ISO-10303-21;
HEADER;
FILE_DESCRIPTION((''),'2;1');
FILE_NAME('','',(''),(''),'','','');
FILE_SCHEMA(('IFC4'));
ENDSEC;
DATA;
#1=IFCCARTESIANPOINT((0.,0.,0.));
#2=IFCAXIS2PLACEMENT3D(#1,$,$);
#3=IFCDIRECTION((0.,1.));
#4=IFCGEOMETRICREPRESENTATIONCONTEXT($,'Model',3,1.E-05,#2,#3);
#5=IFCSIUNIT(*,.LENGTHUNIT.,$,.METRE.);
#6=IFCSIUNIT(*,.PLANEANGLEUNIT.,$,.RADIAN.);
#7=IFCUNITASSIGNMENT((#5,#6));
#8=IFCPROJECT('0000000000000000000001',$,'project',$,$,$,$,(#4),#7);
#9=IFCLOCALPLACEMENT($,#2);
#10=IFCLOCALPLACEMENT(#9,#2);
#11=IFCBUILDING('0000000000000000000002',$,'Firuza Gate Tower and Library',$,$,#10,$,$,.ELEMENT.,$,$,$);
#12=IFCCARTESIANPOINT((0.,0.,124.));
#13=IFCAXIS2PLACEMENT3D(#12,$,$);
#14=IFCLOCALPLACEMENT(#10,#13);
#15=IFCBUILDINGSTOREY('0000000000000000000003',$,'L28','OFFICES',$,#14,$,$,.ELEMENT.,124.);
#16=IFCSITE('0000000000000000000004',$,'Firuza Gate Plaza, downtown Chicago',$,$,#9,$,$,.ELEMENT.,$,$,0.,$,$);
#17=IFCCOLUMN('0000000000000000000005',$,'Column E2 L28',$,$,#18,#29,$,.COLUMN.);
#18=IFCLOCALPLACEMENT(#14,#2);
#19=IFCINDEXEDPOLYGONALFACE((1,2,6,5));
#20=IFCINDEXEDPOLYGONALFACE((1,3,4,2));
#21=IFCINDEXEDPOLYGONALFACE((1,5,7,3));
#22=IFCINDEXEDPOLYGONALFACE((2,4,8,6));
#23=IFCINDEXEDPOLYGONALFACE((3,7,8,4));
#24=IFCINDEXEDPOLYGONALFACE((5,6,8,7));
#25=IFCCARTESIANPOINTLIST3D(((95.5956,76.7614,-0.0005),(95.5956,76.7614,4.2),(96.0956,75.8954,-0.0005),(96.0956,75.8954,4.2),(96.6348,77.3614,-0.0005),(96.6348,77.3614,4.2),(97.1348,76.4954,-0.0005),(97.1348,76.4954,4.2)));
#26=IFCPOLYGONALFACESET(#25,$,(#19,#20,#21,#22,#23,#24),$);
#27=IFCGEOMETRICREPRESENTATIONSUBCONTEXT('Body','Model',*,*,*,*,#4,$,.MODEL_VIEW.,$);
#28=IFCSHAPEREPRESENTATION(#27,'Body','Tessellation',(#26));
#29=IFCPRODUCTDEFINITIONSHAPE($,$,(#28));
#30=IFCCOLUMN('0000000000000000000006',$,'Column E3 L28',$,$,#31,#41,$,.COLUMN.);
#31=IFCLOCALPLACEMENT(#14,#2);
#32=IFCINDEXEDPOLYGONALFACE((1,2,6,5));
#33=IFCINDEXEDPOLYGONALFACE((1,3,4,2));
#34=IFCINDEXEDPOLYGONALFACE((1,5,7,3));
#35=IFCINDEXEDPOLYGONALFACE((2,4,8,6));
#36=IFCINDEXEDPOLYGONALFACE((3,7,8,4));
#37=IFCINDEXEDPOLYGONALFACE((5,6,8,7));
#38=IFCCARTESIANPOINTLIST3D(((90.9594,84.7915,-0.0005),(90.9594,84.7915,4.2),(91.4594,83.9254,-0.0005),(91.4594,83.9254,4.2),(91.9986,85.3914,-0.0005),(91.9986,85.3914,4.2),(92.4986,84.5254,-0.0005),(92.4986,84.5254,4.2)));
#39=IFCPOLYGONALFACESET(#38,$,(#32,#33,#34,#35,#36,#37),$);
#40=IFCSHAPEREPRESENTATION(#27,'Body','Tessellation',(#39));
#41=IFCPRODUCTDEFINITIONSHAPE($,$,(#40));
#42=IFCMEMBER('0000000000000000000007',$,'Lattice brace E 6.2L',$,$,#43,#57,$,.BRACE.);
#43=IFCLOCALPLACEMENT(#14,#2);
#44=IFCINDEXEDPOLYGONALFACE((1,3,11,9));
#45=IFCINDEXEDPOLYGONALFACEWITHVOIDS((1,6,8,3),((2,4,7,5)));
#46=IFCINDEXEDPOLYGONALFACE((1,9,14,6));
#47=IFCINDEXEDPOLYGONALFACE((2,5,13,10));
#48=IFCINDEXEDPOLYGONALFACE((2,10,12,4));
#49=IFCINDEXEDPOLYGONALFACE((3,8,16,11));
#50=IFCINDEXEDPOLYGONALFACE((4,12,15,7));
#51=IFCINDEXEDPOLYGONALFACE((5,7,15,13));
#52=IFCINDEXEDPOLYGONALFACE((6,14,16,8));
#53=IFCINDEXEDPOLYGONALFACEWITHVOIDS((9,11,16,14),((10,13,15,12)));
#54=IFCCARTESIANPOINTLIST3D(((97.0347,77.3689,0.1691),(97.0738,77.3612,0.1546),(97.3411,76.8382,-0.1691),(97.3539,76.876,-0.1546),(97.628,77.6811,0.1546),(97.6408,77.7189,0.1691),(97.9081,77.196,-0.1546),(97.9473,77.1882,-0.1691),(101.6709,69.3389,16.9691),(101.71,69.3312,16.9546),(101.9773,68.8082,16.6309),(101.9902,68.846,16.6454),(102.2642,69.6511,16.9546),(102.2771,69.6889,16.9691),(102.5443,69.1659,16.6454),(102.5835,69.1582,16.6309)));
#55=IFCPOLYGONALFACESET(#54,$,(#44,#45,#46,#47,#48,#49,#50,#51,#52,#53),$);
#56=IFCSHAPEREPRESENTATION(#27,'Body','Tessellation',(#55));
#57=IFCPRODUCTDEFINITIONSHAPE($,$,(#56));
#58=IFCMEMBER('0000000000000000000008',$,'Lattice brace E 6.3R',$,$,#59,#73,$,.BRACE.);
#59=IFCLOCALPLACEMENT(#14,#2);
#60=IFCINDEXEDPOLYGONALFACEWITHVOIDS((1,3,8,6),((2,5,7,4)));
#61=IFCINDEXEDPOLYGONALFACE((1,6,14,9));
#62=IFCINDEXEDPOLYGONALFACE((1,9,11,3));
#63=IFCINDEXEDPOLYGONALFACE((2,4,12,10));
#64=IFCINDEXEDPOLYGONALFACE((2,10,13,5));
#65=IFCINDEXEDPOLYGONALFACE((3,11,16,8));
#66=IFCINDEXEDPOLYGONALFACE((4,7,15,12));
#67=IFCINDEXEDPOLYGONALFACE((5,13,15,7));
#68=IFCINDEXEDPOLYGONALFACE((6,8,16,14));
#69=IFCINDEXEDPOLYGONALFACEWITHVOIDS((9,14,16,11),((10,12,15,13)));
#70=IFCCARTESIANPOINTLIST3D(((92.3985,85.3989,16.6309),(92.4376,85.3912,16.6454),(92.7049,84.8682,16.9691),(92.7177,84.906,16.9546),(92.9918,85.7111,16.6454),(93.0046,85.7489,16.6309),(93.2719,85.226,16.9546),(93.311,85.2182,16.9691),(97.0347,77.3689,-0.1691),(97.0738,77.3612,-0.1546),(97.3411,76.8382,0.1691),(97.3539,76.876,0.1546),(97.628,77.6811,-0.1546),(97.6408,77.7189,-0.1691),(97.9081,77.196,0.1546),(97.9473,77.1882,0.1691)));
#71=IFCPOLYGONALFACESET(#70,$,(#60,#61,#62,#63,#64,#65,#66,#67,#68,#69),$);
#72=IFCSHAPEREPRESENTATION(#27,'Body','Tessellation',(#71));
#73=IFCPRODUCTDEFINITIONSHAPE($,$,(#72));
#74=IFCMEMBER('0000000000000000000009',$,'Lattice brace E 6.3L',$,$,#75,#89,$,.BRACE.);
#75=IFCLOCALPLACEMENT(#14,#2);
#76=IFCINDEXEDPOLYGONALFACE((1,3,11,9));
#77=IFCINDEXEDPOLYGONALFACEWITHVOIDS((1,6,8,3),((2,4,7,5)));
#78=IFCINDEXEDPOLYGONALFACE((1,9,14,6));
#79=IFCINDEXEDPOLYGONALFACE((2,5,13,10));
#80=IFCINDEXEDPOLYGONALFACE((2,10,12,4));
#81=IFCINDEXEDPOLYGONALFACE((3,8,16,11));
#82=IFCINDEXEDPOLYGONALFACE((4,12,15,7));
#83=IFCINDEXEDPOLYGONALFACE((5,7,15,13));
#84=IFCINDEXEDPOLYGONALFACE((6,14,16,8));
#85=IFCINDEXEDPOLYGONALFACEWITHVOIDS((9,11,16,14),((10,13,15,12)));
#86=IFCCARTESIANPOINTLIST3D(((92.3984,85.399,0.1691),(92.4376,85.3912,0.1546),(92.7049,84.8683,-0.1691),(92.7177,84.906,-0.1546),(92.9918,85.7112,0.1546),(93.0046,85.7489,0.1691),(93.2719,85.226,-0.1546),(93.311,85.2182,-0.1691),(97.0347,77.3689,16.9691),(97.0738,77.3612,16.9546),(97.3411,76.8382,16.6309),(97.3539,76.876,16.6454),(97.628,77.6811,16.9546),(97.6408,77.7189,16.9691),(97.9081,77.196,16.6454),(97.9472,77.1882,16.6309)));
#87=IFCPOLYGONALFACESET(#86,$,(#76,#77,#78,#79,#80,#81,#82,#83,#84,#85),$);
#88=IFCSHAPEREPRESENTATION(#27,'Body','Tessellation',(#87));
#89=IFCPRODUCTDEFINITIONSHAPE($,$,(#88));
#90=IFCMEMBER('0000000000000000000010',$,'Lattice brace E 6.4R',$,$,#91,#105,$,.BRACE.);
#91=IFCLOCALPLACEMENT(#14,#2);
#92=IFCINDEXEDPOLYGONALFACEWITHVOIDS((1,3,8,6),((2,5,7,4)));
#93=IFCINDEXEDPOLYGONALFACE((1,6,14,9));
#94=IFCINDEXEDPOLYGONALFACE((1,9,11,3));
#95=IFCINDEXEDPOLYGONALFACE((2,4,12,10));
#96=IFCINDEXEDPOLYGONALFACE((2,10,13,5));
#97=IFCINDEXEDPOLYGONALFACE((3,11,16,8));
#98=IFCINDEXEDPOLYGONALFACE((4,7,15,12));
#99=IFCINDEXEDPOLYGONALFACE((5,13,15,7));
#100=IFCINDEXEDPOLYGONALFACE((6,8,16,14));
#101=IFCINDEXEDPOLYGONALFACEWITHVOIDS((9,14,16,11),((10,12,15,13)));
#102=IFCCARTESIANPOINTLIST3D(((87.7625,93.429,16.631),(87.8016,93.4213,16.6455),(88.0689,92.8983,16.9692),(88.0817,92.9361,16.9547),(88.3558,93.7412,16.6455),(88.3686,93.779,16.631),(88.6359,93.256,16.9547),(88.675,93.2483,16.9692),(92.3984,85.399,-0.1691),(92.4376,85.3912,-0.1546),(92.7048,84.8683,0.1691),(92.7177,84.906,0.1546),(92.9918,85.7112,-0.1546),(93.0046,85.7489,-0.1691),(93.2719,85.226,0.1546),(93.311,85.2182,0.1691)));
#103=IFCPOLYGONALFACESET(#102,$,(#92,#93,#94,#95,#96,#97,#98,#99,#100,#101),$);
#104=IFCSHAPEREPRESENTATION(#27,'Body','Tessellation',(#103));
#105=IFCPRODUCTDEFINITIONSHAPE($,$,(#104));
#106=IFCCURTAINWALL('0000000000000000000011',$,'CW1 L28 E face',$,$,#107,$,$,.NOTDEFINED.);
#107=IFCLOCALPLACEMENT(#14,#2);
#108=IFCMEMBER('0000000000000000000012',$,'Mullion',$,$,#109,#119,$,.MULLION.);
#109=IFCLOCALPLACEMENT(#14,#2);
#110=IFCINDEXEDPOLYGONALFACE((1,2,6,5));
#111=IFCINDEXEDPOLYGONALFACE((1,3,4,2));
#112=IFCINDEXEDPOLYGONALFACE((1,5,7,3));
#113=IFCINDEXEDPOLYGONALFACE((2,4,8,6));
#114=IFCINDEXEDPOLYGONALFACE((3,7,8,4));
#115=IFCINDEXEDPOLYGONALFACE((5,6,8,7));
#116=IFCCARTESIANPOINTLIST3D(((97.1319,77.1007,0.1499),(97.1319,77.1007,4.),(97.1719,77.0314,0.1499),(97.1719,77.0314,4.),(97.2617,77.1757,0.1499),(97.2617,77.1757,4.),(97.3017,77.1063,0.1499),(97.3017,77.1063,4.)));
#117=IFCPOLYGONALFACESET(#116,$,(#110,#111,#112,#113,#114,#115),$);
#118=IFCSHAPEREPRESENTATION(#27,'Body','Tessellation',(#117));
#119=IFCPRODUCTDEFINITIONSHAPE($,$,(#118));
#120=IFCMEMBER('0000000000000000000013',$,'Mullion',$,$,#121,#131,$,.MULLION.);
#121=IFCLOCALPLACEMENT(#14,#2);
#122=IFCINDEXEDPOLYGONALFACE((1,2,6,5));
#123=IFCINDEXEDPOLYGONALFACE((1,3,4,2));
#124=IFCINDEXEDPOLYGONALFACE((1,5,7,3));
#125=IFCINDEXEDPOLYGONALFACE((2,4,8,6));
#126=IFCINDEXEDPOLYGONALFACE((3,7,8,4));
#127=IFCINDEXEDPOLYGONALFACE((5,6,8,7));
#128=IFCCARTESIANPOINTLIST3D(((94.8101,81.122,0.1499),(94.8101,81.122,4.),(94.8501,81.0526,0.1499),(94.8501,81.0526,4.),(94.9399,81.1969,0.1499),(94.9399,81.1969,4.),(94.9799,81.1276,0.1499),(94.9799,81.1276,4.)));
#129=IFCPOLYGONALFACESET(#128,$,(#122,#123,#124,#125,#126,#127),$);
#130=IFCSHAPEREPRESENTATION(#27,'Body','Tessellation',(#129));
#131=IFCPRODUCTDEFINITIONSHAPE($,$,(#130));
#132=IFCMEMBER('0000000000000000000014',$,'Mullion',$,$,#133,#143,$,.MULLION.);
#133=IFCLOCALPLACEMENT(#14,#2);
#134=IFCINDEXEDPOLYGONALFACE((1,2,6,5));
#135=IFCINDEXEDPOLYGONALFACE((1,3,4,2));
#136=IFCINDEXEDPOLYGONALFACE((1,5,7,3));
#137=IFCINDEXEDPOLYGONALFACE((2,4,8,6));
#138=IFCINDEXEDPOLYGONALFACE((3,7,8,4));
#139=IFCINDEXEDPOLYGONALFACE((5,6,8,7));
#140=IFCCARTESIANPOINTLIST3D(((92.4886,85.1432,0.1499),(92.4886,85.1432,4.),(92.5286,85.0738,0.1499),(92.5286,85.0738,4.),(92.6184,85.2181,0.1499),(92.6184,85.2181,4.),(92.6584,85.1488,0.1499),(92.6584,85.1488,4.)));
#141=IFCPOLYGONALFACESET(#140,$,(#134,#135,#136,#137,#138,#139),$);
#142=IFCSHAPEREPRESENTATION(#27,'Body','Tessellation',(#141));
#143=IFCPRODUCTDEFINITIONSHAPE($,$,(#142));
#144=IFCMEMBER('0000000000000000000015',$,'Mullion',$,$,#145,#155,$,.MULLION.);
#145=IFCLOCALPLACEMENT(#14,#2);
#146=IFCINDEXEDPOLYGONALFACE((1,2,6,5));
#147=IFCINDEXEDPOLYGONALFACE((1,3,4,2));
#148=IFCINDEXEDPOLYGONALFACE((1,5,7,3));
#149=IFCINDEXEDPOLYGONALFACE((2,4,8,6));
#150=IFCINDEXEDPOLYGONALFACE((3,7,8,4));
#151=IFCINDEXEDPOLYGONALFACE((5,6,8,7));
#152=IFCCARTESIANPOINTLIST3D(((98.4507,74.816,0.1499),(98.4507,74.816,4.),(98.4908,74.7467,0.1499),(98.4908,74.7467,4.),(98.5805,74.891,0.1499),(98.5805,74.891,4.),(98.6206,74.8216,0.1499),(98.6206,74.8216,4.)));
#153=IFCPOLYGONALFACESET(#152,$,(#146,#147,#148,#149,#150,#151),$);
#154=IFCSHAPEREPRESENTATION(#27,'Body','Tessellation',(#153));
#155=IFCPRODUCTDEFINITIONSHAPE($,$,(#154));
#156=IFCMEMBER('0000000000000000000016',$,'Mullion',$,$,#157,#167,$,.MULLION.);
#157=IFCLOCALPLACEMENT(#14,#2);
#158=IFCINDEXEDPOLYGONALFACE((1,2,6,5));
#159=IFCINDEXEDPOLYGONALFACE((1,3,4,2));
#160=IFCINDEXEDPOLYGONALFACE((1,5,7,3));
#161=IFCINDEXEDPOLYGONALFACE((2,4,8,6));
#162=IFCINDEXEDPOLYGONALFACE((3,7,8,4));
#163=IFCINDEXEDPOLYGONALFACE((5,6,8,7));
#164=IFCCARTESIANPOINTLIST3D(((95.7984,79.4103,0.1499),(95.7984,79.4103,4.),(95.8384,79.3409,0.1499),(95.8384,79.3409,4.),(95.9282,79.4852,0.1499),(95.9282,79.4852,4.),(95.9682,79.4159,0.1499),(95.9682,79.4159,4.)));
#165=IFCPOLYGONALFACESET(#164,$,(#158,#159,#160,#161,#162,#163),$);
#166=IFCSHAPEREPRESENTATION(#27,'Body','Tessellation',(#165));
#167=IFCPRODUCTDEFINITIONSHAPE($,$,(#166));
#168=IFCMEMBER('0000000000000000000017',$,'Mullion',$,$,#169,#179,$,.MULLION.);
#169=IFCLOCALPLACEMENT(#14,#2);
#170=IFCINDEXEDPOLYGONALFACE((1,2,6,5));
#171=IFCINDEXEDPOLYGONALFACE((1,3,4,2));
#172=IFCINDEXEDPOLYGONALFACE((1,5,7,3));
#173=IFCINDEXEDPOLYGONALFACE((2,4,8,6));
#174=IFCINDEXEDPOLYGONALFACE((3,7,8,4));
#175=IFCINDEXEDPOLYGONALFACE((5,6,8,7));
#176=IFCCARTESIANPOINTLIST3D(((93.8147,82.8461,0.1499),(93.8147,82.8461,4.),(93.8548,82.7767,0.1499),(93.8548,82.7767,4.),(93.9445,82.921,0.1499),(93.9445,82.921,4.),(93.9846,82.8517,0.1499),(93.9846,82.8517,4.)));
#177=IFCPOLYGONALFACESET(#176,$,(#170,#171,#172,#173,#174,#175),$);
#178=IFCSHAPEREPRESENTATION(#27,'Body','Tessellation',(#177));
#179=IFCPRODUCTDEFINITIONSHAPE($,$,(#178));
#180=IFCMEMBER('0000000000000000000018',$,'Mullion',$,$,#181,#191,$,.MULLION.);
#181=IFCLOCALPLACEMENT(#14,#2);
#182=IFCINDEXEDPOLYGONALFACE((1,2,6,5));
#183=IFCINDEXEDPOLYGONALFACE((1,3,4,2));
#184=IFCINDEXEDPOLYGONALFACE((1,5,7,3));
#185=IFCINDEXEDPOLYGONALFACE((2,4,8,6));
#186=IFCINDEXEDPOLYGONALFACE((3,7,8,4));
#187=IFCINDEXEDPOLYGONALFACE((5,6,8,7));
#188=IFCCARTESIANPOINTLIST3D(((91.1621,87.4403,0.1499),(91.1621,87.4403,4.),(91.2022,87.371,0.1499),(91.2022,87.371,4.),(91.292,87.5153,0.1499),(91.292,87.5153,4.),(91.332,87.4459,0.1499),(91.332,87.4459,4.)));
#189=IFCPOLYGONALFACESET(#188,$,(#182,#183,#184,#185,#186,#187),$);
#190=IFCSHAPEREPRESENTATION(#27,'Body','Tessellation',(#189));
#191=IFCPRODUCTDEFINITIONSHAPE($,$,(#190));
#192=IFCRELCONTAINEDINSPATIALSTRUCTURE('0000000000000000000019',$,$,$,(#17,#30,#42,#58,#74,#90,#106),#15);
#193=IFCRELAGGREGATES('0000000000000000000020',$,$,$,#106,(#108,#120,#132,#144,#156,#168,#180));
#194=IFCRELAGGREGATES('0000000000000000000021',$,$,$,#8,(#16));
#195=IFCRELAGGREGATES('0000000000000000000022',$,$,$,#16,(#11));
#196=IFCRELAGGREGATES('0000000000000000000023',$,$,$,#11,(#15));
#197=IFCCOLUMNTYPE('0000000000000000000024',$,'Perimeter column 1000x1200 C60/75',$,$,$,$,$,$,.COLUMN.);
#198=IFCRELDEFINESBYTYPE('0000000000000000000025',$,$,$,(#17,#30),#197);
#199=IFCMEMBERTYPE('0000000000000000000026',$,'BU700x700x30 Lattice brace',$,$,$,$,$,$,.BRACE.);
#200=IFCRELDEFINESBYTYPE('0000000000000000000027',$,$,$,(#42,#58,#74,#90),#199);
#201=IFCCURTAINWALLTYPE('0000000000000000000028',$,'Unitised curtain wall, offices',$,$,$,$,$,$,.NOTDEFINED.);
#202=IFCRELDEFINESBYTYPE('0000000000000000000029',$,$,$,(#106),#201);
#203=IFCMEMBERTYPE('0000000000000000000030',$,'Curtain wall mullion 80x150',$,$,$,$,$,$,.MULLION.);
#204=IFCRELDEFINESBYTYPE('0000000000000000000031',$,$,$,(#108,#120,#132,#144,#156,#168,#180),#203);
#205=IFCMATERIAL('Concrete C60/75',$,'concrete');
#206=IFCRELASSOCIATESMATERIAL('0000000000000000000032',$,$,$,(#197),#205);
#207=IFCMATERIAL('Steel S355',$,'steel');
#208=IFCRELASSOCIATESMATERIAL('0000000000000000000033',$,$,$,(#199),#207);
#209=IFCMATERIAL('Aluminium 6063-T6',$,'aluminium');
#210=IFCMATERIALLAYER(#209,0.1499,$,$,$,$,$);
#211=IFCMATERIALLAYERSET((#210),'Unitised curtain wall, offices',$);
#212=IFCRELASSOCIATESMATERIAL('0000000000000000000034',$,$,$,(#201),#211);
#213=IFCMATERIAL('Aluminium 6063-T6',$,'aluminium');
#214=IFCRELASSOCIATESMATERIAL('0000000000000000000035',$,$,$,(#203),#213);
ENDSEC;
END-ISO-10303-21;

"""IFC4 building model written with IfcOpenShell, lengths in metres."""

from ifc_helpers import new_model, si_unit, direction, frame, origin, origin_2d, place, context, subcontext, project, spatial, rectangle, hollow_rectangle, extrude, material, layer, layer_set, material_profile, profile_set, type_object, element, aggregate, save


model = new_model("IFC4")

# Units and contexts
model_context = context("Model", 3, precision=1e-05, world=origin(), true_north=direction((0.0, 1.0)))
body_context = subcontext(model_context, "Body", "Model", "MODEL_VIEW")
ifc_project = project(units=[si_unit("LENGTHUNIT", "METRE"), si_unit("PLANEANGLEUNIT", "RADIAN")], contexts=[model_context])

# Site, building, storey
site_placement = place(None, origin())
site = spatial("IfcSite", under=ifc_project, at=site_placement, Name="Firuza Gate Plaza, downtown Chicago", CompositionType="ELEMENT", RefElevation=0.0)
building_placement = place(site_placement, origin())
building = spatial("IfcBuilding", under=site, at=building_placement, Name="Firuza Gate Tower and Library", CompositionType="ELEMENT")
storey_placement = place(building_placement, frame((0.0, 0.0, 124.0)))
storey = spatial("IfcBuildingStorey", under=building, at=storey_placement, Name="L28", Description="OFFICES", CompositionType="ELEMENT", Elevation=124.0)

# Columns
ifc_material_1 = material(Name="Concrete C60/75", Category="concrete")
ifc_material_profile_1 = material_profile(ifc_material_1, rectangle(XDim=1.0, YDim=1.2, at=origin_2d()))
ifc_profile_set_1 = profile_set([ifc_material_profile_1], Name="Concrete C60/75")
column_type = type_object("IfcColumnType", Name="Perimeter column 1000x1200 C60/75", PredefinedType="COLUMN", material=ifc_profile_set_1)
for number, where, z_axis, x_axis, name in (
    (1, (96.3652, 76.6284, -0.0005), (0.0, 0.0, 1.0), (-0.5, 0.866025, 0.0), "Column E2 L28"),
    (2, (91.729, 84.6584, -0.0005), (0.0, 0.0, 1.0), (-0.5, 0.866025, 0.0), "Column E3 L28"),
):
    element("IfcColumn", number, at=place(storey_placement, frame(where, z_axis=z_axis, x_axis=x_axis)), inside=storey, type_object=column_type, Name=name, PredefinedType="COLUMN", context=body_context, shape_type="SweptSolid", body=[
        extrude(rectangle(XDim=1.0, YDim=1.2, at=origin_2d()), origin(), (0.0, 0.0, 1.0), 4.2004),
    ])

# Members
ifc_material_2 = material(Name="Steel S355", Category="steel")
ifc_material_profile_2 = material_profile(ifc_material_2, hollow_rectangle(XDim=0.7, YDim=0.7, WallThickness=0.03, at=origin_2d()))
ifc_profile_set_2 = profile_set([ifc_material_profile_2], Name="Steel S355")
member_type_1 = type_object("IfcMemberType", Name="BU700x700x30 Lattice brace", PredefinedType="BRACE", material=ifc_profile_set_2)
for number, where, z_axis, x_axis, name in (
    (3, (97.491, 77.2786, 0.0), (0.241609, -0.41847, 0.875504), (0.866021, 0.500007, 0.0), "Lattice brace E 6.2L"),
    (4, (97.491, 77.2786, 0.0), (-0.241609, 0.41847, 0.875504), (-0.866021, -0.500007, 0.0), "Lattice brace E 6.3R"),
    (5, (92.8547, 85.3086, 0.0), (0.241609, -0.41847, 0.875504), (0.866021, 0.500007, 0.0), "Lattice brace E 6.3L"),
    (6, (92.8547, 85.3086, 0.0), (-0.241597, 0.418472, 0.875507), (-0.866033, -0.499988, 0.0), "Lattice brace E 6.4R"),
):
    element("IfcMember", number, at=place(storey_placement, frame(where, z_axis=z_axis, x_axis=x_axis)), inside=storey, type_object=member_type_1, Name=name, PredefinedType="BRACE", context=body_context, shape_type="SweptSolid", body=[
        extrude(hollow_rectangle(XDim=0.7, YDim=0.7, WallThickness=0.03, at=origin_2d()), origin(), (0.0, 0.0, 1.0), 19.189),
    ])

# Curtain wall, members
ifc_material_3 = material(Name="Aluminium 6063-T6", Category="aluminium")
ifc_layer_1 = layer(ifc_material_3, 0.1499)
ifc_layer_set_1 = layer_set([ifc_layer_1], Name="Unitised curtain wall, offices")
curtain_wall_type = type_object("IfcCurtainWallType", Name="Unitised curtain wall, offices", PredefinedType="NOTDEFINED", material=ifc_layer_set_1)
curtain_wall_placement = place(storey_placement, origin())
curtain_wall = element("IfcCurtainWall", 7, at=curtain_wall_placement, inside=storey, type_object=curtain_wall_type, Name="CW1 L28 E face", PredefinedType="NOTDEFINED")
ifc_material_4 = material(Name="Aluminium 6063-T6", Category="aluminium")
ifc_material_profile_3 = material_profile(ifc_material_4, rectangle(XDim=0.1499, YDim=0.0801, at=origin_2d()))
ifc_profile_set_3 = profile_set([ifc_material_profile_3], Name="Aluminium 6063-T6")
member_type_2 = type_object("IfcMemberType", Name="Curtain wall mullion 80x150", PredefinedType="MULLION", material=ifc_profile_set_3)
member_1_placement = place(storey_placement, frame((97.2168, 77.1035, 0.1499), z_axis=(0.0, 0.0, 1.0), x_axis=(-0.866025, -0.5, 0.0)))
member_1 = element("IfcMember", 8, at=member_1_placement, type_object=member_type_2, Name="Mullion", PredefinedType="MULLION", context=body_context, shape_type="SweptSolid", body=[
    extrude(rectangle(XDim=0.1499, YDim=0.0801, at=origin_2d()), origin(), (0.0, 0.0, 1.0), 3.8501),
])
member_2_placement = place(storey_placement, frame((94.895, 81.1248, 0.1499), z_axis=(0.0, 0.0, 1.0), x_axis=(-0.866025, -0.5, 0.0)))
member_2 = element("IfcMember", 9, at=member_2_placement, type_object=member_type_2, Name="Mullion", PredefinedType="MULLION", context=body_context, shape_type="SweptSolid", body=[
    extrude(rectangle(XDim=0.1499, YDim=0.0801, at=origin_2d()), origin(), (0.0, 0.0, 1.0), 3.8501),
])
member_3_placement = place(storey_placement, frame((92.5735, 85.146, 0.1499), z_axis=(0.0, 0.0, 1.0), x_axis=(-0.866025, -0.5, 0.0)))
member_3 = element("IfcMember", 10, at=member_3_placement, type_object=member_type_2, Name="Mullion", PredefinedType="MULLION", context=body_context, shape_type="SweptSolid", body=[
    extrude(rectangle(XDim=0.1499, YDim=0.0801, at=origin_2d()), origin(), (0.0, 0.0, 1.0), 3.8501),
])
member_4_placement = place(storey_placement, frame((98.5356, 74.8188, 0.1499), z_axis=(0.0, 0.0, 1.0), x_axis=(-0.866025, -0.5, 0.0)))
member_4 = element("IfcMember", 11, at=member_4_placement, type_object=member_type_2, Name="Mullion", PredefinedType="MULLION", context=body_context, shape_type="SweptSolid", body=[
    extrude(rectangle(XDim=0.1499, YDim=0.0801, at=origin_2d()), origin(), (0.0, 0.0, 1.0), 3.8501),
])
member_5_placement = place(storey_placement, frame((95.8833, 79.4131, 0.1499), z_axis=(0.0, 0.0, 1.0), x_axis=(-0.866025, -0.5, 0.0)))
member_5 = element("IfcMember", 12, at=member_5_placement, type_object=member_type_2, Name="Mullion", PredefinedType="MULLION", context=body_context, shape_type="SweptSolid", body=[
    extrude(rectangle(XDim=0.1499, YDim=0.0801, at=origin_2d()), origin(), (0.0, 0.0, 1.0), 3.8501),
])
member_6_placement = place(storey_placement, frame((93.8997, 82.8489, 0.1499), z_axis=(0.0, 0.0, 1.0), x_axis=(-0.866025, -0.5, 0.0)))
member_6 = element("IfcMember", 13, at=member_6_placement, type_object=member_type_2, Name="Mullion", PredefinedType="MULLION", context=body_context, shape_type="SweptSolid", body=[
    extrude(rectangle(XDim=0.1499, YDim=0.0801, at=origin_2d()), origin(), (0.0, 0.0, 1.0), 3.8501),
])
member_7_placement = place(storey_placement, frame((91.2471, 87.4431, 0.1499), z_axis=(0.0, 0.0, 1.0), x_axis=(-0.866025, -0.5, 0.0)))
member_7 = element("IfcMember", 14, at=member_7_placement, type_object=member_type_2, Name="Mullion", PredefinedType="MULLION", context=body_context, shape_type="SweptSolid", body=[
    extrude(rectangle(XDim=0.1499, YDim=0.0801, at=origin_2d()), origin(), (0.0, 0.0, 1.0), 3.8501),
])

aggregate(curtain_wall, [member_1, member_2, member_3, member_4, member_5, member_6, member_7])

save(model, "model.ifc")
